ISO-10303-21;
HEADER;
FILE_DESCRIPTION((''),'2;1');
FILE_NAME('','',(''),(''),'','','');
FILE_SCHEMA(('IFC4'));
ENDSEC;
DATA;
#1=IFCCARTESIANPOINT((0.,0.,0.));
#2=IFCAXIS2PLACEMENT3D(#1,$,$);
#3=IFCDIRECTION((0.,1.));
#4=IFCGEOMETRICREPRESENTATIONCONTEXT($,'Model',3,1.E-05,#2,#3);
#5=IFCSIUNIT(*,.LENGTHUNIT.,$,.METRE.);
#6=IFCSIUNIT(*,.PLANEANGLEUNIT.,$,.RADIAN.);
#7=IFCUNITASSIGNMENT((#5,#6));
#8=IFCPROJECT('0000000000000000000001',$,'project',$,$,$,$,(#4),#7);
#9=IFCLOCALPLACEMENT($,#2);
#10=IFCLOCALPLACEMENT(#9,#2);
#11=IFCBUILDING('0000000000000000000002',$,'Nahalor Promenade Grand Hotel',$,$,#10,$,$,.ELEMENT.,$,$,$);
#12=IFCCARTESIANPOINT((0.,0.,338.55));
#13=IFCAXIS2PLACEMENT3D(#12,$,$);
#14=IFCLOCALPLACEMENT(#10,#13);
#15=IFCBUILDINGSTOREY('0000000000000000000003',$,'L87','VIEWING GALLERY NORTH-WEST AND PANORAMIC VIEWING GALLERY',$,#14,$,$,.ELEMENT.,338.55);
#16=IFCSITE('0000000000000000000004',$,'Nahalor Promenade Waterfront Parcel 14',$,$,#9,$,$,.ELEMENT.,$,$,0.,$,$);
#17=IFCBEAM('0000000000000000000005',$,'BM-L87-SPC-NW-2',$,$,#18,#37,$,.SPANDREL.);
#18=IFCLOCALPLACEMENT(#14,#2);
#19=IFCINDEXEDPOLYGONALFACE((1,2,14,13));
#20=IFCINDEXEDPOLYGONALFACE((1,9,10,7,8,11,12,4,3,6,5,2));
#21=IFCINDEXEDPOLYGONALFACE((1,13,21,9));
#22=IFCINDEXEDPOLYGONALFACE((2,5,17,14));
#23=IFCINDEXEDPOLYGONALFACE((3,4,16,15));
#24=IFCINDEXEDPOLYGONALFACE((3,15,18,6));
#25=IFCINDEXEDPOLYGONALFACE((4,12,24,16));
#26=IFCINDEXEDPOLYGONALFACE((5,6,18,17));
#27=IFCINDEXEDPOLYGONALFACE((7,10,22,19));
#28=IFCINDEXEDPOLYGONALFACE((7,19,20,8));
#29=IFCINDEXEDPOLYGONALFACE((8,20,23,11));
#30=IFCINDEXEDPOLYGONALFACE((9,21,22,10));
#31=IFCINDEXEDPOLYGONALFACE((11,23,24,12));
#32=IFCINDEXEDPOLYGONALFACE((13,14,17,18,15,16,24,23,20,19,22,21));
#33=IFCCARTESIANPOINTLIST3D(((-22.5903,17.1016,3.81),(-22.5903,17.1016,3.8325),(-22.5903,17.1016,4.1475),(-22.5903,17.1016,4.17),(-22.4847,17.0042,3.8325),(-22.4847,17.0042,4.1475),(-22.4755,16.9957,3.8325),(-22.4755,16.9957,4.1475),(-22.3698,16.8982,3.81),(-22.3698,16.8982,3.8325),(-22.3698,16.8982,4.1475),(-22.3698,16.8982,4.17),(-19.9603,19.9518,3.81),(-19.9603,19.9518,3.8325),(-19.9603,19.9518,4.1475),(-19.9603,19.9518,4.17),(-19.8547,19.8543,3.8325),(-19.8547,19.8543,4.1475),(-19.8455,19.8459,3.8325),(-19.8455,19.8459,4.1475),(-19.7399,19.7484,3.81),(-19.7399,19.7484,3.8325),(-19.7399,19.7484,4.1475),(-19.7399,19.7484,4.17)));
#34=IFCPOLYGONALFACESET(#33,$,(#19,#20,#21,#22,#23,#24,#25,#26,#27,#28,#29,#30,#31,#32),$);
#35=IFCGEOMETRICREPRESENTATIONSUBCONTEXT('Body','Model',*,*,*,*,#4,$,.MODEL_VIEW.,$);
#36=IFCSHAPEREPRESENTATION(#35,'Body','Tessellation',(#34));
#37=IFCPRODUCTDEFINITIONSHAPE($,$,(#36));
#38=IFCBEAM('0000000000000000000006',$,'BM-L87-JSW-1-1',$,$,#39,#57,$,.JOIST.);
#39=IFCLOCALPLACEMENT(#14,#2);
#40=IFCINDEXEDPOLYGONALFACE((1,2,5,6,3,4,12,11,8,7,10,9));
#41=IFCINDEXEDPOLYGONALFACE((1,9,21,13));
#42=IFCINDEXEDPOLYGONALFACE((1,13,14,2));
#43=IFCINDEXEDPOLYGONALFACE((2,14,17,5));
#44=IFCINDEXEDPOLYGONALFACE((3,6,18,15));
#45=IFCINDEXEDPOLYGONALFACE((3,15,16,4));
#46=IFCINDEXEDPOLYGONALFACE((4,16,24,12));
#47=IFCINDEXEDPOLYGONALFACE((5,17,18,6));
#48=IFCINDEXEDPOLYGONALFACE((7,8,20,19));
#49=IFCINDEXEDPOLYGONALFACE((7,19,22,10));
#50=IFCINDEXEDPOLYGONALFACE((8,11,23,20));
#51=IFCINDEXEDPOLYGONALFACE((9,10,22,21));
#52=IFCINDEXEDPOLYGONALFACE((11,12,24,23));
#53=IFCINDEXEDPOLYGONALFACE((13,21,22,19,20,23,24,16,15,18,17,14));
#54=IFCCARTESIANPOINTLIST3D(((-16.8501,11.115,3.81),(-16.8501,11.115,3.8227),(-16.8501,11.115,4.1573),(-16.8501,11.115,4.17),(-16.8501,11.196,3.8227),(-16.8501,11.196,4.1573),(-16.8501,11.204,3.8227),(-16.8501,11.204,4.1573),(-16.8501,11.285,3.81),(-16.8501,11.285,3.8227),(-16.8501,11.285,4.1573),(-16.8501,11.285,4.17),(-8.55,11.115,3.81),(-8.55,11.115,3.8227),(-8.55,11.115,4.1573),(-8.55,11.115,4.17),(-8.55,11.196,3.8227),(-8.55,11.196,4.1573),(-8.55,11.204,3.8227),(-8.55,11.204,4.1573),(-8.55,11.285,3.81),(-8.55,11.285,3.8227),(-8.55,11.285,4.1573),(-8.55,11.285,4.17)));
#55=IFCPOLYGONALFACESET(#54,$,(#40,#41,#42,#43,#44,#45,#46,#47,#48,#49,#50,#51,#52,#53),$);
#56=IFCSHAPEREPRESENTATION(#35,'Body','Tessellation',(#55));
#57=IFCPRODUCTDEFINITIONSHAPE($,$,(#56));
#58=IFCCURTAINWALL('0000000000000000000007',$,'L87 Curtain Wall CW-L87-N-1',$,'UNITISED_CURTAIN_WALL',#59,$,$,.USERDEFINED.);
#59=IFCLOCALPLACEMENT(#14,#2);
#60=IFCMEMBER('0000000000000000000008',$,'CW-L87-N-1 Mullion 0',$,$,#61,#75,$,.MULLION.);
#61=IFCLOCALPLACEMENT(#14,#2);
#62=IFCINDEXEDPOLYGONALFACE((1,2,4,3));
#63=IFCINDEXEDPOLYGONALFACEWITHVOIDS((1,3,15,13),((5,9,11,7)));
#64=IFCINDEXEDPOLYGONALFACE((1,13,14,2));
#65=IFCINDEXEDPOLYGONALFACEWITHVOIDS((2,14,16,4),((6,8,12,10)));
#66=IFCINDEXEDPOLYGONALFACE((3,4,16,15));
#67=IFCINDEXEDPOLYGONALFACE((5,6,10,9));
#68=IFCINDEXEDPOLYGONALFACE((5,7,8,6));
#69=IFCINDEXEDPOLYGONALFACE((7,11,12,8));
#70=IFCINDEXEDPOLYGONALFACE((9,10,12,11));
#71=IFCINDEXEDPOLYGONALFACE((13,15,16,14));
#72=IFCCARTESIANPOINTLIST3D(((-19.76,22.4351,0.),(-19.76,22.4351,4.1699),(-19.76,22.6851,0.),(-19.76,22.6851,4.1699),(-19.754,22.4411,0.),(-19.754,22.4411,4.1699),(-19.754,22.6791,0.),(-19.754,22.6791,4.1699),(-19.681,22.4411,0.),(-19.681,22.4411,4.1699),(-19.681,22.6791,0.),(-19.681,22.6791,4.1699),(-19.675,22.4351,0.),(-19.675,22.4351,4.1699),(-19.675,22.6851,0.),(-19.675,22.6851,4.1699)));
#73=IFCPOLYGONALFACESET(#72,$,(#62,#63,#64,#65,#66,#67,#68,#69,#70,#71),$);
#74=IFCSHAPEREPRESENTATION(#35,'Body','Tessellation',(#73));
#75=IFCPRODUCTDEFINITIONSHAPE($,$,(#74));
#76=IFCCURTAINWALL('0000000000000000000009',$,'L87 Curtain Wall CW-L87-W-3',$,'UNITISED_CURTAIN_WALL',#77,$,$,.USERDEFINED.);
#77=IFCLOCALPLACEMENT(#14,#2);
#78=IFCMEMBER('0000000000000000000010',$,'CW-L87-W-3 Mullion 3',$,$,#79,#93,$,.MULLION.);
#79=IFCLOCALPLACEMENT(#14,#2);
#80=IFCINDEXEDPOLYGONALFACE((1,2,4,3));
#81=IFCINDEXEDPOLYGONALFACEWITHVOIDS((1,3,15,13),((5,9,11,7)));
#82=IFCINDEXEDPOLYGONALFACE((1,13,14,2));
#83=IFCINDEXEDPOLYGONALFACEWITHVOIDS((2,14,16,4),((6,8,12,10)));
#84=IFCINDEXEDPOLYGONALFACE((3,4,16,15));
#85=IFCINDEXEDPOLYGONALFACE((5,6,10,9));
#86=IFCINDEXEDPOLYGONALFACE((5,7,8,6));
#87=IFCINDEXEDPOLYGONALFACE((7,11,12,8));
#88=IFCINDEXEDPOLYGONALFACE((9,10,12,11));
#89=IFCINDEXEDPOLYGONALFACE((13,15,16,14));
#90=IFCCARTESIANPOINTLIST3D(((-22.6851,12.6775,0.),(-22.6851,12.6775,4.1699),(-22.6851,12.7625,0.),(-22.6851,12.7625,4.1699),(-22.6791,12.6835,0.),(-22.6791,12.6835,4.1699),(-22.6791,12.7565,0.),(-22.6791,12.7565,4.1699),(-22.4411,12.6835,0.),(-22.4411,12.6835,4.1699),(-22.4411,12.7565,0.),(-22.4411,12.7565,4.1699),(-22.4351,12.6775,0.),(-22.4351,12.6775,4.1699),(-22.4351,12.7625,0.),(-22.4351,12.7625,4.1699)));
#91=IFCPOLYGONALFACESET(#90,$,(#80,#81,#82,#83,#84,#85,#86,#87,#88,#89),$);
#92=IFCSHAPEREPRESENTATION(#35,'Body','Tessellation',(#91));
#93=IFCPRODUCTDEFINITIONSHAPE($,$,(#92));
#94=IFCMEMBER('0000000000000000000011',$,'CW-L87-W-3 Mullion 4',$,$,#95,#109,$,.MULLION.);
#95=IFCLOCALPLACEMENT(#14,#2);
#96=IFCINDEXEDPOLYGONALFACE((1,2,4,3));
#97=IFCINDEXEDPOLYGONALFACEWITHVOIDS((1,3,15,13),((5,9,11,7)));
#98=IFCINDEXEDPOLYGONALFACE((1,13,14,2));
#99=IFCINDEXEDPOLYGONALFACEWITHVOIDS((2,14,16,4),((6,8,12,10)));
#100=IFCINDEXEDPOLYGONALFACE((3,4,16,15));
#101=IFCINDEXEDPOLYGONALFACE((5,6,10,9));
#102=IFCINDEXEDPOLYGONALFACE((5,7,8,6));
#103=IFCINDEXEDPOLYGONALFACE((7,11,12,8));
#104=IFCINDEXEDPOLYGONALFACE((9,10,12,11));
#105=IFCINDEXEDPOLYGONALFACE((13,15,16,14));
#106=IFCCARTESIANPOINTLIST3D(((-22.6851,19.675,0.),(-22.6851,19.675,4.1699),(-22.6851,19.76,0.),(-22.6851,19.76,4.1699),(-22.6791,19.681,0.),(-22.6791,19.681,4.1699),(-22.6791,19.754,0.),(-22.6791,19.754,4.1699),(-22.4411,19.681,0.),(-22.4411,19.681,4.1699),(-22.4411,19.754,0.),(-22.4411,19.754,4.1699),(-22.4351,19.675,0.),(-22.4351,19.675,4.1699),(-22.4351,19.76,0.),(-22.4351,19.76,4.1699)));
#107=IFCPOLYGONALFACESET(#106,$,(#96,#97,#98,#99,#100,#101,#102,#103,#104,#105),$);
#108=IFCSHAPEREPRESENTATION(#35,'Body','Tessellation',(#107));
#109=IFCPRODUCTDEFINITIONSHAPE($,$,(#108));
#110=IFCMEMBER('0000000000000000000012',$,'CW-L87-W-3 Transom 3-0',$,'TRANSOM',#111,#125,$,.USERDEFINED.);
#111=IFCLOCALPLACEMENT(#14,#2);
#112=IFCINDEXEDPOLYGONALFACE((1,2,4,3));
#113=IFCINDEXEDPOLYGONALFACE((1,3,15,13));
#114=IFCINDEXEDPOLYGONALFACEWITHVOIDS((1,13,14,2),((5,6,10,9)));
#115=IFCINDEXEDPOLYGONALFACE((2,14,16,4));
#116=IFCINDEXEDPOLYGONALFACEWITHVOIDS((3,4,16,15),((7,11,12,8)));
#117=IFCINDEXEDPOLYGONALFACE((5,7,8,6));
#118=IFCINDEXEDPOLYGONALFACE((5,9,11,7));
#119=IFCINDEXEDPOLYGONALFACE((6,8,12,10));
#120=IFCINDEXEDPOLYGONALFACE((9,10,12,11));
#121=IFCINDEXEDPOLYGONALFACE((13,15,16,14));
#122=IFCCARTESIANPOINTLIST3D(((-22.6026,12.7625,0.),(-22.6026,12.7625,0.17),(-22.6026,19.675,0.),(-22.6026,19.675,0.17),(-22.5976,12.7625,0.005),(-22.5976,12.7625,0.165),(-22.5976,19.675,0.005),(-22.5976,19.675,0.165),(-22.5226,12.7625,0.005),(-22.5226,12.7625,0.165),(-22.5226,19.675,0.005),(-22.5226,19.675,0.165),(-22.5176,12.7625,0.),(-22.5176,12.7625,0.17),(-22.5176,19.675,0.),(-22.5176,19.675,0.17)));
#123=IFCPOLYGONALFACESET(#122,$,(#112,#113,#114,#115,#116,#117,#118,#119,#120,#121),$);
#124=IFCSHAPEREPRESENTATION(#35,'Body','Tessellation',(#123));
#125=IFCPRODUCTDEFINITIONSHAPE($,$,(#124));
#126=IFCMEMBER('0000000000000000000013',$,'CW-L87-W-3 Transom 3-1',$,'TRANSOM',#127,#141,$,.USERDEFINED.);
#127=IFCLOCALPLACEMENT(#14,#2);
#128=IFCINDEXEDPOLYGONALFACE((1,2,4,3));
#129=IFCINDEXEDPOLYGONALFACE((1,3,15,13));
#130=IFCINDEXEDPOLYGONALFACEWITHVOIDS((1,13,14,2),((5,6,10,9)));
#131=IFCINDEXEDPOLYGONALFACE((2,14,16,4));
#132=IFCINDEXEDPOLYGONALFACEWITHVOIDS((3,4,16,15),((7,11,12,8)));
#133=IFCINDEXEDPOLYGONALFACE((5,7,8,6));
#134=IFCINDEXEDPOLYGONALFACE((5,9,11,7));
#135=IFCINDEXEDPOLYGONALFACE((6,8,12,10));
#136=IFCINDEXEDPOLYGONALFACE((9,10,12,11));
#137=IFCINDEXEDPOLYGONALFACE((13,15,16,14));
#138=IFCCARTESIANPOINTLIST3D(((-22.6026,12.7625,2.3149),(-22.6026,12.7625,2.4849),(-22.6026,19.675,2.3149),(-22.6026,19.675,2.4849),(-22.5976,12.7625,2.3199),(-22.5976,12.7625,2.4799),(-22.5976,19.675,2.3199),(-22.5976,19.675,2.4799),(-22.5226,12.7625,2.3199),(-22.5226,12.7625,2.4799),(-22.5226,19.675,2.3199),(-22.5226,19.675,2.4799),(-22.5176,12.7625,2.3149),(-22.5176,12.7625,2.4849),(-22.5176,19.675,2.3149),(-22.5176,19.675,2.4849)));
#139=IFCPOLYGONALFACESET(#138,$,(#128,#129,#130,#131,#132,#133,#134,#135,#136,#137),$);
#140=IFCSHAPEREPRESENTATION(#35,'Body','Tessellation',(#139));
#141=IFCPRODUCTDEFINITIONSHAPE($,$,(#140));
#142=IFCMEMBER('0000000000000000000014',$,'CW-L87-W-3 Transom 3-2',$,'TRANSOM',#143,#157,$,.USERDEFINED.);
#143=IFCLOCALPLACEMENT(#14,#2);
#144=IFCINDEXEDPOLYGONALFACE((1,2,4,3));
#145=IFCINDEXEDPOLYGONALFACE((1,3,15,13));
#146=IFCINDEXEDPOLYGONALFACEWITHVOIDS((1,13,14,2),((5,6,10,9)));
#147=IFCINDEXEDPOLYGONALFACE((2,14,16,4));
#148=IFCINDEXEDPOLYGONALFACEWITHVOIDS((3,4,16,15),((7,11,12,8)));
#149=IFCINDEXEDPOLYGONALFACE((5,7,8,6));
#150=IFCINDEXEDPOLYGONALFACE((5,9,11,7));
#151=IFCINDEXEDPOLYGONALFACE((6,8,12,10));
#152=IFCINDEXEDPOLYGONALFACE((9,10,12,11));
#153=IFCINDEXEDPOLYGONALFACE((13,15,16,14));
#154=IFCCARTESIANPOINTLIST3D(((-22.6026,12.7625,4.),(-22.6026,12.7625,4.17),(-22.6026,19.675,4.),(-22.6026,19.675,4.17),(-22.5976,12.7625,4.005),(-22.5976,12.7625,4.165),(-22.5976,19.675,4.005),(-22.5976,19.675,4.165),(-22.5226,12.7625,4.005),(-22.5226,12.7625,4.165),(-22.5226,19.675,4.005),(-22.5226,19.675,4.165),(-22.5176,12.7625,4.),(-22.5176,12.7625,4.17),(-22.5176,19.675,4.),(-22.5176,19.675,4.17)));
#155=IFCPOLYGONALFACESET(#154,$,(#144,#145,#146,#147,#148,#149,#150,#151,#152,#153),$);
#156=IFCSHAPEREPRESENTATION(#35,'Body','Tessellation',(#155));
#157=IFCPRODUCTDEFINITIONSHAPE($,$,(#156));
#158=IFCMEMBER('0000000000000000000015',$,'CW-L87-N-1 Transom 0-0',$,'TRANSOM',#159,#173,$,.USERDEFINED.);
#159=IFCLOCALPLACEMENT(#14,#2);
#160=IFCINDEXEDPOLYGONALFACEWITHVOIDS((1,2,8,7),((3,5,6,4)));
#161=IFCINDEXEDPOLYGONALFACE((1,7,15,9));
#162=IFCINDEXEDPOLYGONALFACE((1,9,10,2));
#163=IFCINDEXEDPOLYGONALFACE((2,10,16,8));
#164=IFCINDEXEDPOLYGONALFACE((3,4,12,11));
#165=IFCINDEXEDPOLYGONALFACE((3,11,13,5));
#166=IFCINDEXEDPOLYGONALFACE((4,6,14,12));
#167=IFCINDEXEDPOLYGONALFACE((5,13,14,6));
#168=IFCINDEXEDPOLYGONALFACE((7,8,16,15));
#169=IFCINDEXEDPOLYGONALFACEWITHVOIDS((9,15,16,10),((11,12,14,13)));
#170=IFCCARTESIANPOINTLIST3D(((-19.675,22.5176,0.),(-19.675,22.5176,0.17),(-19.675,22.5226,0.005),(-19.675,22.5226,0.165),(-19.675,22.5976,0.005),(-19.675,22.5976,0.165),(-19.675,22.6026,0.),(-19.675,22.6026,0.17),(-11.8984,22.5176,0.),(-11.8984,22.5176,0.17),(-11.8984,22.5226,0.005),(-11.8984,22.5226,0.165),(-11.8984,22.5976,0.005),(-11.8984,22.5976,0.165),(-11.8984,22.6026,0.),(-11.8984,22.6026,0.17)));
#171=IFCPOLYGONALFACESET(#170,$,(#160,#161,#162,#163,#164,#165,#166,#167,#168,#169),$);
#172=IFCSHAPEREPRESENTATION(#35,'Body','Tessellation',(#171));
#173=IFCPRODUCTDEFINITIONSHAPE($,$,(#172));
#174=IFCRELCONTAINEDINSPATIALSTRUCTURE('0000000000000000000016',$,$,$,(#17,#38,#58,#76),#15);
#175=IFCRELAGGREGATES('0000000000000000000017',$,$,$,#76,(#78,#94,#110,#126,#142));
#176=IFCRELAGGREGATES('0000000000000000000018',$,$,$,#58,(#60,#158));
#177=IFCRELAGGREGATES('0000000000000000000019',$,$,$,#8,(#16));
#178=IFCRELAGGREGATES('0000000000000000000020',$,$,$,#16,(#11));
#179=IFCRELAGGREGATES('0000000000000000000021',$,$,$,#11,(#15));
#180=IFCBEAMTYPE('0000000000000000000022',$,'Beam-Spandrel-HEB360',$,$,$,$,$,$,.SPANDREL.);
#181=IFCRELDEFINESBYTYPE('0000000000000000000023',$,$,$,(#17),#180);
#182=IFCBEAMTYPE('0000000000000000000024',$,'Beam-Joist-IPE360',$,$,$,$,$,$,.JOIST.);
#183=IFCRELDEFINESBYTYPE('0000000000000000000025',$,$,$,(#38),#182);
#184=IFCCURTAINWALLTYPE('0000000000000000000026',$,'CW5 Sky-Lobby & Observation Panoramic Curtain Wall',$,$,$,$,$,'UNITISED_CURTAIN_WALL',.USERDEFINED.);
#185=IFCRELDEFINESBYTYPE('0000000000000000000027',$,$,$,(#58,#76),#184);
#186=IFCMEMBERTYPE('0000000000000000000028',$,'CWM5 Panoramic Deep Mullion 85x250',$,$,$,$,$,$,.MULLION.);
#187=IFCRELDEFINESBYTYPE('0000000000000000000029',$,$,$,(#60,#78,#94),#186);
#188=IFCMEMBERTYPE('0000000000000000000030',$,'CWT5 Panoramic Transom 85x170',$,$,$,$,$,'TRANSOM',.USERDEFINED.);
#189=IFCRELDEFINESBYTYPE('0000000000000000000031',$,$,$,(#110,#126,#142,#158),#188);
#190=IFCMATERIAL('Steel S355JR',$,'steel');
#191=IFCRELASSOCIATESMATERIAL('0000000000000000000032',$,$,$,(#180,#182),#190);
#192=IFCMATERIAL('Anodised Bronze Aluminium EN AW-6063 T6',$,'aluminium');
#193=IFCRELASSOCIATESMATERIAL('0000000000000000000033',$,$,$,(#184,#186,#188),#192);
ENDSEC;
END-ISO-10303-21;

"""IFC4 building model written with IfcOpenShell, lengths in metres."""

from ifc_helpers import new_model, si_unit, direction, frame, origin, origin_2d, place, context, subcontext, project, spatial, hollow_rectangle, i_section, extrude, source, transform, mapped, material, material_profile, profile_set, type_object, element, aggregate, save


model = new_model("IFC4")

# Units and contexts
model_context = context("Model", 3, precision=1e-05, world=origin(), true_north=direction((0.0, 1.0)))
body_context = subcontext(model_context, "Body", "Model", "MODEL_VIEW")
ifc_project = project(units=[si_unit("LENGTHUNIT", "METRE"), si_unit("PLANEANGLEUNIT", "RADIAN")], contexts=[model_context])

# Site, building, storey
site_placement = place(None, origin())
site = spatial("IfcSite", under=ifc_project, at=site_placement, Name="Nahalor Promenade Waterfront Parcel 14", CompositionType="ELEMENT", RefElevation=0.0)
building_placement = place(site_placement, origin())
building = spatial("IfcBuilding", under=site, at=building_placement, Name="Nahalor Promenade Grand Hotel", CompositionType="ELEMENT")
storey_placement = place(building_placement, frame((0.0, 0.0, 338.55)))
storey = spatial("IfcBuildingStorey", under=building, at=storey_placement, Name="L87", Description="VIEWING GALLERY NORTH-WEST AND PANORAMIC VIEWING GALLERY", CompositionType="ELEMENT", Elevation=338.55)

# Shared definitions
ifc_material_1 = material(Name="Steel S355JR", Category="steel")

# Beams
ifc_material_profile_1 = material_profile(ifc_material_1, i_section(OverallWidth=0.3, OverallDepth=0.36, WebThickness=0.0125, FlangeThickness=0.0225, at=origin_2d()), Name="HEB 360")
ifc_profile_set_1 = profile_set([ifc_material_profile_1], Name="Steel S355JR")
beam_type_1 = type_object("IfcBeamType", Name="Beam-Spandrel-HEB360", PredefinedType="SPANDREL", material=ifc_profile_set_1)
shared_shape_1 = source(origin(), body_context, "Body", "SweptSolid", [
    extrude(i_section(OverallWidth=0.3, OverallDepth=0.36, WebThickness=0.0125, FlangeThickness=0.0225, at=origin_2d()), origin(), (0.0, 0.0, 1.0), 3.8782),
])
for number, where, z_axis, x_axis, name in (
    (1, (-19.8501, 19.8501, 3.99), (-0.678144, -0.734929, 0.0), (0.734929, -0.678144, 0.0), "BM-L87-SPC-NW-2"),
):
    element("IfcBeam", number, at=place(storey_placement, frame(where, z_axis=z_axis, x_axis=x_axis)), inside=storey, type_object=beam_type_1, Name=name, PredefinedType="SPANDREL", context=body_context, shape_type="MappedRepresentation", body=[
        mapped(shared_shape_1, transform((0.0, 0.0, 0.0), scale=1.0)),
    ])
ifc_material_profile_2 = material_profile(ifc_material_1, i_section(OverallWidth=0.17, OverallDepth=0.36, WebThickness=0.008, FlangeThickness=0.0127, at=origin_2d()), Name="IPE 360")
ifc_profile_set_2 = profile_set([ifc_material_profile_2], Name="Steel S355JR")
beam_type_2 = type_object("IfcBeamType", Name="Beam-Joist-IPE360", PredefinedType="JOIST", material=ifc_profile_set_2)
shared_shape_2 = source(origin(), body_context, "Body", "SweptSolid", [
    extrude(i_section(OverallWidth=0.17, OverallDepth=0.36, WebThickness=0.008, FlangeThickness=0.0127, at=origin_2d()), origin(), (0.0, 0.0, 1.0), 8.3),
])
beam_1_placement = place(storey_placement, frame((-16.8501, 11.2, 3.99), z_axis=(1.0, 0.0, 0.0), x_axis=(0.0, 1.0, 0.0)))
element("IfcBeam", 2, at=beam_1_placement, inside=storey, type_object=beam_type_2, Name="BM-L87-JSW-1-1", PredefinedType="JOIST", context=body_context, shape_type="MappedRepresentation", body=[
    mapped(shared_shape_2, transform((0.0, 0.0, 0.0), scale=1.0)),
])

# Curtain wall, member
ifc_material_2 = material(Name="Anodised Bronze Aluminium EN AW-6063 T6", Category="aluminium")
curtain_wall_type = type_object("IfcCurtainWallType", Name="CW5 Sky-Lobby & Observation Panoramic Curtain Wall", ElementType="UNITISED_CURTAIN_WALL", PredefinedType="USERDEFINED", material=ifc_material_2)
curtain_wall_1_placement = place(storey_placement, origin())
curtain_wall_1 = element("IfcCurtainWall", 3, at=curtain_wall_1_placement, inside=storey, type_object=curtain_wall_type, Name="L87 Curtain Wall CW-L87-N-1", ObjectType="UNITISED_CURTAIN_WALL", PredefinedType="USERDEFINED")
ifc_material_profile_3 = material_profile(ifc_material_2, hollow_rectangle(XDim=0.085, YDim=0.25, WallThickness=0.006, at=origin_2d()), Name="CWM 85x250x6")
ifc_profile_set_3 = profile_set([ifc_material_profile_3], Name="Anodised Bronze Aluminium EN AW-6063 T6")
member_type_1 = type_object("IfcMemberType", Name="CWM5 Panoramic Deep Mullion 85x250", PredefinedType="MULLION", material=ifc_profile_set_3)
shared_shape_3 = source(origin(), body_context, "Body", "SweptSolid", [
    extrude(hollow_rectangle(XDim=0.085, YDim=0.25, WallThickness=0.006, at=origin_2d()), origin(), (0.0, 0.0, 1.0), 4.1699),
])
member_1_placement = place(storey_placement, frame((-19.7175, 22.5601, 0.0), z_axis=(0.0, 0.0, 1.0), x_axis=(1.0, 0.0, 0.0)))
member_1 = element("IfcMember", 4, at=member_1_placement, type_object=member_type_1, Name="CW-L87-N-1 Mullion 0", PredefinedType="MULLION", context=body_context, shape_type="MappedRepresentation", body=[
    mapped(shared_shape_3, transform((0.0, 0.0, 0.0), scale=1.0)),
])

# Curtain wall, members
curtain_wall_2_placement = place(storey_placement, origin())
curtain_wall_2 = element("IfcCurtainWall", 5, at=curtain_wall_2_placement, inside=storey, type_object=curtain_wall_type, Name="L87 Curtain Wall CW-L87-W-3", ObjectType="UNITISED_CURTAIN_WALL", PredefinedType="USERDEFINED")
member_2_placement = place(storey_placement, frame((-22.5601, 12.72, 0.0), z_axis=(0.0, 0.0, 1.0), x_axis=(0.0, 1.0, 0.0)))
member_2 = element("IfcMember", 6, at=member_2_placement, type_object=member_type_1, Name="CW-L87-W-3 Mullion 3", PredefinedType="MULLION", context=body_context, shape_type="MappedRepresentation", body=[
    mapped(shared_shape_3, transform((0.0, 0.0, 0.0), scale=1.0)),
])
member_3_placement = place(storey_placement, frame((-22.5601, 19.7175, 0.0), z_axis=(0.0, 0.0, 1.0), x_axis=(0.0, 1.0, 0.0)))
member_3 = element("IfcMember", 7, at=member_3_placement, type_object=member_type_1, Name="CW-L87-W-3 Mullion 4", PredefinedType="MULLION", context=body_context, shape_type="MappedRepresentation", body=[
    mapped(shared_shape_3, transform((0.0, 0.0, 0.0), scale=1.0)),
])
ifc_material_profile_4 = material_profile(ifc_material_2, hollow_rectangle(XDim=0.085, YDim=0.17, WallThickness=0.005, at=origin_2d()), Name="CWT 85x170x5")
ifc_profile_set_4 = profile_set([ifc_material_profile_4], Name="Anodised Bronze Aluminium EN AW-6063 T6")
member_type_2 = type_object("IfcMemberType", Name="CWT5 Panoramic Transom 85x170", ElementType="TRANSOM", PredefinedType="USERDEFINED", material=ifc_profile_set_4)
shared_shape_4 = source(origin(), body_context, "Body", "SweptSolid", [
    extrude(hollow_rectangle(XDim=0.085, YDim=0.17, WallThickness=0.005, at=origin_2d()), origin(), (0.0, 0.0, 1.0), 6.9126),
])
member_4_placement = place(storey_placement, frame((-22.5601, 12.7625, 0.085), z_axis=(0.0, 1.0, 0.0), x_axis=(-1.0, 0.0, 0.0)))
member_4 = element("IfcMember", 8, at=member_4_placement, type_object=member_type_2, Name="CW-L87-W-3 Transom 3-0", ObjectType="TRANSOM", PredefinedType="USERDEFINED", context=body_context, shape_type="MappedRepresentation", body=[
    mapped(shared_shape_4, transform((0.0, 0.0, 0.0), scale=1.0)),
])
member_5_placement = place(storey_placement, frame((-22.5601, 12.7625, 2.3999), z_axis=(0.0, 1.0, 0.0), x_axis=(-1.0, 0.0, 0.0)))
member_5 = element("IfcMember", 9, at=member_5_placement, type_object=member_type_2, Name="CW-L87-W-3 Transom 3-1", ObjectType="TRANSOM", PredefinedType="USERDEFINED", context=body_context, shape_type="MappedRepresentation", body=[
    mapped(shared_shape_4, transform((0.0, 0.0, 0.0), scale=1.0)),
])
member_6_placement = place(storey_placement, frame((-22.5601, 12.7625, 4.085), z_axis=(0.0, 1.0, 0.0), x_axis=(-1.0, 0.0, 0.0)))
member_6 = element("IfcMember", 10, at=member_6_placement, type_object=member_type_2, Name="CW-L87-W-3 Transom 3-2", ObjectType="TRANSOM", PredefinedType="USERDEFINED", context=body_context, shape_type="MappedRepresentation", body=[
    mapped(shared_shape_4, transform((0.0, 0.0, 0.0), scale=1.0)),
])

# Member
shared_shape_5 = source(origin(), body_context, "Body", "SweptSolid", [
    extrude(hollow_rectangle(XDim=0.085, YDim=0.17, WallThickness=0.005, at=origin_2d()), origin(), (0.0, 0.0, 1.0), 7.7766),
])
member_7_placement = place(storey_placement, frame((-19.675, 22.5601, 0.085), z_axis=(1.0, 0.0, 0.0), x_axis=(0.0, 1.0, 0.0)))
member_7 = element("IfcMember", 11, at=member_7_placement, type_object=member_type_2, Name="CW-L87-N-1 Transom 0-0", ObjectType="TRANSOM", PredefinedType="USERDEFINED", context=body_context, shape_type="MappedRepresentation", body=[
    mapped(shared_shape_5, transform((0.0, 0.0, 0.0), scale=1.0)),
])

aggregate(curtain_wall_2, [member_2, member_3, member_4, member_5, member_6])
aggregate(curtain_wall_1, [member_1, member_7])

save(model, "model.ifc")
